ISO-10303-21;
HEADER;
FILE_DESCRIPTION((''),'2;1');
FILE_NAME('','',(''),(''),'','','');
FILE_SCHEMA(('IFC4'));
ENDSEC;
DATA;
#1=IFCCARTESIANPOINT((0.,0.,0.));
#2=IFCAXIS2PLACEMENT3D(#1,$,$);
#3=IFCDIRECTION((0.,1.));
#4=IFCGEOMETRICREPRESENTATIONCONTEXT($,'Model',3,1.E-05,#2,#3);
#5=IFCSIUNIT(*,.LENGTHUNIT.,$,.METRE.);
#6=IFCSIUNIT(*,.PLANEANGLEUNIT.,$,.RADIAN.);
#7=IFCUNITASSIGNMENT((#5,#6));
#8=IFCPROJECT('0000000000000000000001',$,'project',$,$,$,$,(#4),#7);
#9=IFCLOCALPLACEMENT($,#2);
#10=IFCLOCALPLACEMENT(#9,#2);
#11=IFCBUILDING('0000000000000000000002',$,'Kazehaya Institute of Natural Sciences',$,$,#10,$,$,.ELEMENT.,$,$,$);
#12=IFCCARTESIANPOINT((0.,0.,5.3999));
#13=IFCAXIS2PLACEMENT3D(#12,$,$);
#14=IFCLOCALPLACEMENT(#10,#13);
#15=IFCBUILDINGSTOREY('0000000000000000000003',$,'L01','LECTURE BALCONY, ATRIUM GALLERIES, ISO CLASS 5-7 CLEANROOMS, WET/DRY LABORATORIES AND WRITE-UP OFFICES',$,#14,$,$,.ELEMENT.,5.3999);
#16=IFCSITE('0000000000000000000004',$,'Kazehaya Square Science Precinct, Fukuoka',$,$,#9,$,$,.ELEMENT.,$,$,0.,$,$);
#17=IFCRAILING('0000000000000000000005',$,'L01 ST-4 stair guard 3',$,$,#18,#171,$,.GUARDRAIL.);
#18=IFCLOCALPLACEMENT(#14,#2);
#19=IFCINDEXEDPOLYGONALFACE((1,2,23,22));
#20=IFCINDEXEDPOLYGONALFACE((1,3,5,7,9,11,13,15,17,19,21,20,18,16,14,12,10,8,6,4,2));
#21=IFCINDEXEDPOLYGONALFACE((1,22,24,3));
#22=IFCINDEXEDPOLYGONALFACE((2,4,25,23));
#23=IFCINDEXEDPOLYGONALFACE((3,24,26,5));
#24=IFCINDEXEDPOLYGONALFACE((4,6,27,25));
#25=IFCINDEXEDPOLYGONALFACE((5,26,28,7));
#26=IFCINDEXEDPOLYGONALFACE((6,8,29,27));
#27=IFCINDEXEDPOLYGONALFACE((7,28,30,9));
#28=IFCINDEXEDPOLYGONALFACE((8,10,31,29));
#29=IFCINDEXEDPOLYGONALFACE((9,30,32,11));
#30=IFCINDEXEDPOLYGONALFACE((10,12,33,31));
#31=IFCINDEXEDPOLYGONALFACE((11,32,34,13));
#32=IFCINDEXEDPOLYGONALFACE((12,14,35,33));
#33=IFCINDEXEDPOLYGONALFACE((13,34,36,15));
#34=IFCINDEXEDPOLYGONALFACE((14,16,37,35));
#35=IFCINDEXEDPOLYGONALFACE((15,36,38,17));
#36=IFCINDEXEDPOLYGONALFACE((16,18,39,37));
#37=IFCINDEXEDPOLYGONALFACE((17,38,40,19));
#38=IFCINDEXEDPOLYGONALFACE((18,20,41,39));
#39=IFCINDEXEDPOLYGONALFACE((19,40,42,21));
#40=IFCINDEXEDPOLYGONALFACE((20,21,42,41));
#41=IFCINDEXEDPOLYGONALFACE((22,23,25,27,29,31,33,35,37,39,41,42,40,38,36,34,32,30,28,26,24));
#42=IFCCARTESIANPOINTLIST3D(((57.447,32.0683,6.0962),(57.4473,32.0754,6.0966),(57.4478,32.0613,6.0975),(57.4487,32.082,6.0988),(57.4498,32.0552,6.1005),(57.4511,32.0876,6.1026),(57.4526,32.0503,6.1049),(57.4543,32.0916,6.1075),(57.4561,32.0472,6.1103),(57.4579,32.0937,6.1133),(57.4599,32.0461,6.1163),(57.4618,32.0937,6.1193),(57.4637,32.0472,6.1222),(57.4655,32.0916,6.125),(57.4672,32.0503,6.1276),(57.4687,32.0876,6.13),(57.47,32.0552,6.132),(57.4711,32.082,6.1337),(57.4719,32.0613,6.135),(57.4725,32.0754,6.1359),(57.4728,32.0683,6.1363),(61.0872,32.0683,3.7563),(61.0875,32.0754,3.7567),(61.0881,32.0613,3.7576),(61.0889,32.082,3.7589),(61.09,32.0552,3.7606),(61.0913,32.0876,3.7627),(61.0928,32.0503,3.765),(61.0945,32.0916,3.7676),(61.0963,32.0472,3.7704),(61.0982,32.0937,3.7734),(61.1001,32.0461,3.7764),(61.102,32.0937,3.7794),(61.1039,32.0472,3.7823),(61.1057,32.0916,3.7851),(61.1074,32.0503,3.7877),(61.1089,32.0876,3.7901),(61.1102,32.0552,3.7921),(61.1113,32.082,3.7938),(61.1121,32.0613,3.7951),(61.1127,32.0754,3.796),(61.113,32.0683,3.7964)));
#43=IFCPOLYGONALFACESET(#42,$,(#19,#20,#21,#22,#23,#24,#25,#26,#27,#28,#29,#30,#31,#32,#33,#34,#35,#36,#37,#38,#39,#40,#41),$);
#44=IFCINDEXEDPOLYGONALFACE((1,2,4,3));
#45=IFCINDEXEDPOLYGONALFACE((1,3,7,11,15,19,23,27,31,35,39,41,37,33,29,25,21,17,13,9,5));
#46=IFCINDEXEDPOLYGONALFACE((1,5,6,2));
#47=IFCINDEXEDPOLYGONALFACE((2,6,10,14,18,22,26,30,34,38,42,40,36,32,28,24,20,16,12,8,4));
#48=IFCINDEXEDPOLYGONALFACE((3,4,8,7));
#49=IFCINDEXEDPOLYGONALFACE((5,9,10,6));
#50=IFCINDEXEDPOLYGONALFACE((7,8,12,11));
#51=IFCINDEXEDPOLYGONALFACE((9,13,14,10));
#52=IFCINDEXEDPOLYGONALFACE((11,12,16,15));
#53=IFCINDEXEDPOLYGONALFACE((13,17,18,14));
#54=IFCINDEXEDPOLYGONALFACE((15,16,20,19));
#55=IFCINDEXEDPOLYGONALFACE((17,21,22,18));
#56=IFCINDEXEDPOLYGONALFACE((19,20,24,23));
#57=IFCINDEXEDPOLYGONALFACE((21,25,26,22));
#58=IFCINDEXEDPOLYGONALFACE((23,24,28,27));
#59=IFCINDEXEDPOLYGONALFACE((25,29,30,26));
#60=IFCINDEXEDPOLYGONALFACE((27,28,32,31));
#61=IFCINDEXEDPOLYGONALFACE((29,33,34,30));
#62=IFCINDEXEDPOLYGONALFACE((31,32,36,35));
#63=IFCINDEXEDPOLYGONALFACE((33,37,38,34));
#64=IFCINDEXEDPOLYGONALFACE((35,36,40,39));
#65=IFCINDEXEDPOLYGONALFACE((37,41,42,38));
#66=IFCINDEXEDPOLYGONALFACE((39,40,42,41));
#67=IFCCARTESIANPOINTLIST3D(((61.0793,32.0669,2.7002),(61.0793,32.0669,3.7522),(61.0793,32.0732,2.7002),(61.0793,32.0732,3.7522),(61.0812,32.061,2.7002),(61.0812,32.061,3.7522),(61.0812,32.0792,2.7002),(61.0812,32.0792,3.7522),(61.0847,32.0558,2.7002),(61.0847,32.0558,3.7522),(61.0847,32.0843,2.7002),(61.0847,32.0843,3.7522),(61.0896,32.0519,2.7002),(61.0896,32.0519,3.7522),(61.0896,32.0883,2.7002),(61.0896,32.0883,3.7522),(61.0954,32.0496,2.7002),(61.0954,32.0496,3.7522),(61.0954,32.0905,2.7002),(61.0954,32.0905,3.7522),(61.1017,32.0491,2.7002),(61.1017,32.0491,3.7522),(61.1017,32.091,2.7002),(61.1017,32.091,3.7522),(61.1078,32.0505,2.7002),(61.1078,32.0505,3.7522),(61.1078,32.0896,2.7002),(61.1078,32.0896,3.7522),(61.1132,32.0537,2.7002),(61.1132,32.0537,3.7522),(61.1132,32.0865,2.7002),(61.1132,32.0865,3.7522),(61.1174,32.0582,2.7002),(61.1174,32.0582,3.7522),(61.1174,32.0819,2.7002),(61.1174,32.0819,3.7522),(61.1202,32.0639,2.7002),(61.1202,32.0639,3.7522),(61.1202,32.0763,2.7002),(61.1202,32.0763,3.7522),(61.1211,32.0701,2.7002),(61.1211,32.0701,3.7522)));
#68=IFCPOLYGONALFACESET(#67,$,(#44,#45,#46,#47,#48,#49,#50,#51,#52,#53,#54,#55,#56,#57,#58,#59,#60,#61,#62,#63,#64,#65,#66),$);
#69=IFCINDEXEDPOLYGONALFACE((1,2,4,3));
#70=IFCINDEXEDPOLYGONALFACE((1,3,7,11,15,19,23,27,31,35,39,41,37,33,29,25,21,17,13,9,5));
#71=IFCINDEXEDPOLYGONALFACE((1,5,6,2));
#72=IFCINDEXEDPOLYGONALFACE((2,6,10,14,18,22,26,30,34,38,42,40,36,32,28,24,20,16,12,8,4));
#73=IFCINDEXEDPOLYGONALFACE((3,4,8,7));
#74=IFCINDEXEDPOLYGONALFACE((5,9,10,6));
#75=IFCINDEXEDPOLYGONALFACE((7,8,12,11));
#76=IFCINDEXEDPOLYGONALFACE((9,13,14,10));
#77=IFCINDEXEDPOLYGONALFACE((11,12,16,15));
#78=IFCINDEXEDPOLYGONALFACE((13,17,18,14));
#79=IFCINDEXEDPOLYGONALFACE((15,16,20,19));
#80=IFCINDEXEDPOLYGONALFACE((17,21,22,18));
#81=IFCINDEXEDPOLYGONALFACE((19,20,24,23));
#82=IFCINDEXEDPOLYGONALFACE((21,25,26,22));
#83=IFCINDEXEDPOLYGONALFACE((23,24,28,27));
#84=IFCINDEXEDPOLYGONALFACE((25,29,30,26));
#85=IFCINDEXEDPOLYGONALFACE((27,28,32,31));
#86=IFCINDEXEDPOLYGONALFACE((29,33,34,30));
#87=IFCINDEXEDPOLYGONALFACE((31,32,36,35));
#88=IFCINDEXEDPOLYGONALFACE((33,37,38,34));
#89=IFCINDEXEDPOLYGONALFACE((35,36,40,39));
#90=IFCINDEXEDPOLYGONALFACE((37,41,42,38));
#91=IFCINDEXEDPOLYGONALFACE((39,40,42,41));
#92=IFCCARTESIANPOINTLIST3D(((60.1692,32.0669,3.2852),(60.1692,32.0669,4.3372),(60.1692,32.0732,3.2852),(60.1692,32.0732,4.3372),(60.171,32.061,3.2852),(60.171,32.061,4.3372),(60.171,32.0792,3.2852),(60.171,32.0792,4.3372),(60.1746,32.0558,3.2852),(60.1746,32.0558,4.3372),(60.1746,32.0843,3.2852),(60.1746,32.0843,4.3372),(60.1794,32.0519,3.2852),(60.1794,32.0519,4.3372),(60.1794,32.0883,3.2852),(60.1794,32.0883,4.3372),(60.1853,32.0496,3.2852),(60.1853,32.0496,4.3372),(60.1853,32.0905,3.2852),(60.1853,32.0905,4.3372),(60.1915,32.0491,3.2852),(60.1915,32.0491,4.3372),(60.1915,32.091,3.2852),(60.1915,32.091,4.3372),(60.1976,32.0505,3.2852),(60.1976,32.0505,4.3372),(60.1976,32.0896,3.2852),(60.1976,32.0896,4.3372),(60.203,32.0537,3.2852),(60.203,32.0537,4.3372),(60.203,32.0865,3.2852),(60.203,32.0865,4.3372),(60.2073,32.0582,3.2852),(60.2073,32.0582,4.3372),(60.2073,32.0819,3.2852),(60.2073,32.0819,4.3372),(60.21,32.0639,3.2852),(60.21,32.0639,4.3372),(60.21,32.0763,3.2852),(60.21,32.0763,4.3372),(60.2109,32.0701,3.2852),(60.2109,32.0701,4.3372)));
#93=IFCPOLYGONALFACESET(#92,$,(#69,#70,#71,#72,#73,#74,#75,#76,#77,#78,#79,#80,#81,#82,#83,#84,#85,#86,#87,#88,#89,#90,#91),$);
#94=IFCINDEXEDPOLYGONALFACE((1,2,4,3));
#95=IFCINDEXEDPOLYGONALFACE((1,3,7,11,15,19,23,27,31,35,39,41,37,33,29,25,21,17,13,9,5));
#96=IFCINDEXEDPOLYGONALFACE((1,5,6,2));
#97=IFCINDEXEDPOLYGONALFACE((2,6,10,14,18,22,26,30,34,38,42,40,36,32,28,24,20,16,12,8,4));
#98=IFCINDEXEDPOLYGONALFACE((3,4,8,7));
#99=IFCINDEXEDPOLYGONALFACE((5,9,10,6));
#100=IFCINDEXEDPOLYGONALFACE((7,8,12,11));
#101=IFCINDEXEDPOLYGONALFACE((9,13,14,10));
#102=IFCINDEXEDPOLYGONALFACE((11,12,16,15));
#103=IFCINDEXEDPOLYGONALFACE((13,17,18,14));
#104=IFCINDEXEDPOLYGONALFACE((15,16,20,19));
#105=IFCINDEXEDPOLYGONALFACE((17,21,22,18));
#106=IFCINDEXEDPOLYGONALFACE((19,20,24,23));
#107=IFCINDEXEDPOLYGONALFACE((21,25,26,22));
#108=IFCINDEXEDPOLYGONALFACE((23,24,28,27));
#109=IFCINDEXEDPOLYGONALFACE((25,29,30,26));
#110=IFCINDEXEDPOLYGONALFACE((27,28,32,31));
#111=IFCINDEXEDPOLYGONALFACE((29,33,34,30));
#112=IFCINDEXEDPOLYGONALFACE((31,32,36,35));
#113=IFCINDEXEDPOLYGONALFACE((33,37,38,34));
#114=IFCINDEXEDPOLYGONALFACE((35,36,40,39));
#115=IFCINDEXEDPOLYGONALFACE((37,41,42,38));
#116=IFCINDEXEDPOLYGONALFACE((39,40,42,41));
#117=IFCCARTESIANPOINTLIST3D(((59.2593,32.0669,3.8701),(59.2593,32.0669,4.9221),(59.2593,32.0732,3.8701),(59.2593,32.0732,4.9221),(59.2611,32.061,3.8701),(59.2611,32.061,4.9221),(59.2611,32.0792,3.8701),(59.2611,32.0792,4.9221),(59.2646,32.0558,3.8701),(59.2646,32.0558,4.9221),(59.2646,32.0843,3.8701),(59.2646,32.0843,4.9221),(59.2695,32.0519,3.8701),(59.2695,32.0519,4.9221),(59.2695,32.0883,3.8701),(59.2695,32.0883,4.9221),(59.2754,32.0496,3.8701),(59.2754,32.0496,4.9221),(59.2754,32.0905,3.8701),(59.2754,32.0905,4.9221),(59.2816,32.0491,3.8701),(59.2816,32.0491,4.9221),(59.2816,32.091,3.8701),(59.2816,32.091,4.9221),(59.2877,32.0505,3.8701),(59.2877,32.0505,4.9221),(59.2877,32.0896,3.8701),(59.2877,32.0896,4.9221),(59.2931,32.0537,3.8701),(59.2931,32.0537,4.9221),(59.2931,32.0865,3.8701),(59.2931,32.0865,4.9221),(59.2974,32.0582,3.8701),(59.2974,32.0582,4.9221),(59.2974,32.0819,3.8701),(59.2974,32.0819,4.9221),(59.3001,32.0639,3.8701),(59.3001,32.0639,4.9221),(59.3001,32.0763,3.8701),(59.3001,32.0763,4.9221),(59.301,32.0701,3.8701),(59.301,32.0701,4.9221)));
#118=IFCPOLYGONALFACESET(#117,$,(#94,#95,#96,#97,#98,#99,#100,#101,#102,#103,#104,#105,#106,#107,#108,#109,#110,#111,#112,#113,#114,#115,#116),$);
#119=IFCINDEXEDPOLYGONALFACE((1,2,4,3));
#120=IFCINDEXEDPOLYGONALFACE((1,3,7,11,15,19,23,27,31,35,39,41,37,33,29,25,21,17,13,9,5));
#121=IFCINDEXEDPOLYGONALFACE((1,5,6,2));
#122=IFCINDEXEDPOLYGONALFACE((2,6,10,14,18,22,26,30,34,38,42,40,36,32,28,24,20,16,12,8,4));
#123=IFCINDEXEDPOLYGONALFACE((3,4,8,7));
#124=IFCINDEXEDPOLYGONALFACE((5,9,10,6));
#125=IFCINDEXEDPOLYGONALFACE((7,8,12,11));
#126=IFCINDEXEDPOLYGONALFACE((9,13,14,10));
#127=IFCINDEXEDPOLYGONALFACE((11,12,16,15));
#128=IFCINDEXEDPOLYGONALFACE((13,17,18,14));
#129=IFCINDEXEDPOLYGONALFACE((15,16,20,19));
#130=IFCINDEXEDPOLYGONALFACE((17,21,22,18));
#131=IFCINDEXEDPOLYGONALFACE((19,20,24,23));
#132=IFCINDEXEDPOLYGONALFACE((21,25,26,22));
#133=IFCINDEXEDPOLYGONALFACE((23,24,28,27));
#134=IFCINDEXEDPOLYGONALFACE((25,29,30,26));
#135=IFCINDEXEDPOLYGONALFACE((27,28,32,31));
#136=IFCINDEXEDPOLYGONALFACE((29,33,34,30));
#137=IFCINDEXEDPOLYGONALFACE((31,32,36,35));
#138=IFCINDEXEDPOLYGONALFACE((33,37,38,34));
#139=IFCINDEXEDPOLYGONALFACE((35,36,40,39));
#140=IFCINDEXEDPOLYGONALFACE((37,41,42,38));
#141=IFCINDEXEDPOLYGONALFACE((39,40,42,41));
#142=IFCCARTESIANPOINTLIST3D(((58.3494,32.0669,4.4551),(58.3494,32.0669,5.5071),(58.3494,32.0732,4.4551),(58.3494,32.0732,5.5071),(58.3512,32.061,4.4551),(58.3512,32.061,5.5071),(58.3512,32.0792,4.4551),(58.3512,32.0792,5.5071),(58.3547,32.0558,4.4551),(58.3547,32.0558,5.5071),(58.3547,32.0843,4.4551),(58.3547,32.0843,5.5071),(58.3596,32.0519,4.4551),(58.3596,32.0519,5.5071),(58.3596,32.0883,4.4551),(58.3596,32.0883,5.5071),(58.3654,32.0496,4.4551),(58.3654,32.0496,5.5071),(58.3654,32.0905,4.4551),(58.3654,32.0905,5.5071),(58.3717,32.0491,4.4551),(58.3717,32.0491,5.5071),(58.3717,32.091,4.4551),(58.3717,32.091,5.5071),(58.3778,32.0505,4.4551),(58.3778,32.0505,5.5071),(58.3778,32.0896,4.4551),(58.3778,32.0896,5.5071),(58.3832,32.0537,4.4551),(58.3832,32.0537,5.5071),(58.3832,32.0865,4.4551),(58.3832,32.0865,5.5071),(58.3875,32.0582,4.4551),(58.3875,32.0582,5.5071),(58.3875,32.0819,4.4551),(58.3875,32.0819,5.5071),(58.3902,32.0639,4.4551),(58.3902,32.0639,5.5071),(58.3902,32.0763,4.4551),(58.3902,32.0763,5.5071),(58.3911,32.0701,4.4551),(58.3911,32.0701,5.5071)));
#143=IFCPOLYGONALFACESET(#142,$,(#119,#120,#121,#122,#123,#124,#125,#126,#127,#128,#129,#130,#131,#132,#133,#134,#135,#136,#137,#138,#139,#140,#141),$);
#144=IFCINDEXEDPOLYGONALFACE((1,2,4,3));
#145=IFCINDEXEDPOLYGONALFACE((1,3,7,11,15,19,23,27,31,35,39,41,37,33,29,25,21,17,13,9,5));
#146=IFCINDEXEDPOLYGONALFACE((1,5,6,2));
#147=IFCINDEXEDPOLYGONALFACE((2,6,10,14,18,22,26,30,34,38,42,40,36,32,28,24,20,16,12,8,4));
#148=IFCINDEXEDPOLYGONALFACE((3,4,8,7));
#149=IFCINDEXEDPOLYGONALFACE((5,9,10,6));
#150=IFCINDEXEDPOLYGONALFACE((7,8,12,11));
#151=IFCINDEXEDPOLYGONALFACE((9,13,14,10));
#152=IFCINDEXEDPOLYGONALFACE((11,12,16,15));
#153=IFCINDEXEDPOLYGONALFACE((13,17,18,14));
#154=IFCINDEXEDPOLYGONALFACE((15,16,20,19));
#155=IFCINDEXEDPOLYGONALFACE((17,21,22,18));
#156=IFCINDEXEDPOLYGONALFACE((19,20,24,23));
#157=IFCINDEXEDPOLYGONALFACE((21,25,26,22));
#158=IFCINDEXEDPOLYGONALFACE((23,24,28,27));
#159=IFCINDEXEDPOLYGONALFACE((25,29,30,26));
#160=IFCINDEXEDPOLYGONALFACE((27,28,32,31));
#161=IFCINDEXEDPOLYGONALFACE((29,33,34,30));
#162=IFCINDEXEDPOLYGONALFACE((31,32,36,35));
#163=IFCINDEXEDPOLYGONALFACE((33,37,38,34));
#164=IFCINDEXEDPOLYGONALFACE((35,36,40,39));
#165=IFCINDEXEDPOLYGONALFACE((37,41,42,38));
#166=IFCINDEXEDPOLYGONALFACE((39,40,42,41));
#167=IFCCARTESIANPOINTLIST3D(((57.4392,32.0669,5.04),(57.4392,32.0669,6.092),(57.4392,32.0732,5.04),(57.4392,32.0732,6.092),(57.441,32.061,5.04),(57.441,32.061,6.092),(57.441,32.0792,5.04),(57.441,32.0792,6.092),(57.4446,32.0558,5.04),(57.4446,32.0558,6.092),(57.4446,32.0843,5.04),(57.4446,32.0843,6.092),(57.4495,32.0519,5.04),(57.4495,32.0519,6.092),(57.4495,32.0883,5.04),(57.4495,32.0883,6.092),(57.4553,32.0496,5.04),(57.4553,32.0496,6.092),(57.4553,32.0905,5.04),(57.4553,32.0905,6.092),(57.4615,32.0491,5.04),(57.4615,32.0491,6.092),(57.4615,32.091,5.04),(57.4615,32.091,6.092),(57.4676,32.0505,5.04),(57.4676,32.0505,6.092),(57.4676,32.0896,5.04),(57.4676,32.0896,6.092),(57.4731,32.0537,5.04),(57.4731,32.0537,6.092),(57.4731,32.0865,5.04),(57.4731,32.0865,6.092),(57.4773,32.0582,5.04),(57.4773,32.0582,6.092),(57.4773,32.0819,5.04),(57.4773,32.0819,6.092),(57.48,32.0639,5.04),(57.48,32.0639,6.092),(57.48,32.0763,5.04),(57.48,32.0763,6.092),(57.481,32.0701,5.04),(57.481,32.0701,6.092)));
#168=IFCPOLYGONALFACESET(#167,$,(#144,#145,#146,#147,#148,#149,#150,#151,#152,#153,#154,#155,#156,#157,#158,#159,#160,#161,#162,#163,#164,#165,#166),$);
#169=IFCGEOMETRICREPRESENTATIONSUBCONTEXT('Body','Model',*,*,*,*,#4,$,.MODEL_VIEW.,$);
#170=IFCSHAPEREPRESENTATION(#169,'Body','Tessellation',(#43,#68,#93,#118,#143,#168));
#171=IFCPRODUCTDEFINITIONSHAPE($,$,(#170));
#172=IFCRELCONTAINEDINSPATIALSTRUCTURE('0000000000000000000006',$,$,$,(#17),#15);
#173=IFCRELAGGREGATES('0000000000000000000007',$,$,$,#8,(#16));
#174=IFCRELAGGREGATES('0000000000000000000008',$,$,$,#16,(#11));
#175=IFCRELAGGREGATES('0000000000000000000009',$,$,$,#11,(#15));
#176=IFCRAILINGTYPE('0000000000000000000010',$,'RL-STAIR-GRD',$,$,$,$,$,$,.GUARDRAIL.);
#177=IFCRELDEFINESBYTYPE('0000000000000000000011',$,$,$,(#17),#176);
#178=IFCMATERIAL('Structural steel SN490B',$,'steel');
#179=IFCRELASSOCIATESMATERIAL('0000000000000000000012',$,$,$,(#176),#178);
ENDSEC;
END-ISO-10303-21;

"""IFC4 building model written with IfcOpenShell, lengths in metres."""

from ifc_helpers import new_model, si_unit, direction, frame, origin, origin_2d, place, context, subcontext, project, spatial, circle, extrude, material, type_object, element, save


model = new_model("IFC4")

# Units and contexts
model_context = context("Model", 3, precision=1e-05, world=origin(), true_north=direction((0.0, 1.0)))
body_context = subcontext(model_context, "Body", "Model", "MODEL_VIEW")
ifc_project = project(units=[si_unit("LENGTHUNIT", "METRE"), si_unit("PLANEANGLEUNIT", "RADIAN")], contexts=[model_context])

# Site, building, storey
site_placement = place(None, origin())
site = spatial("IfcSite", under=ifc_project, at=site_placement, Name="Kazehaya Square Science Precinct, Fukuoka", CompositionType="ELEMENT", RefElevation=0.0)
building_placement = place(site_placement, origin())
building = spatial("IfcBuilding", under=site, at=building_placement, Name="Kazehaya Institute of Natural Sciences", CompositionType="ELEMENT")
storey_placement = place(building_placement, frame((0.0, 0.0, 5.3999)))
storey = spatial("IfcBuildingStorey", under=building, at=storey_placement, Name="L01", Description="LECTURE BALCONY, ATRIUM GALLERIES, ISO CLASS 5-7 CLEANROOMS, WET/DRY LABORATORIES AND WRITE-UP OFFICES", CompositionType="ELEMENT", Elevation=5.3999)

# Railing
ifc_material_1 = material(Name="Structural steel SN490B", Category="steel")
railing_type_1 = type_object("IfcRailingType", Name="RL-STAIR-GRD", PredefinedType="GUARDRAIL", material=ifc_material_1)
railing_1_placement = place(storey_placement, frame((61.1001, 32.0701, 2.7002)))
element("IfcRailing", 1, at=railing_1_placement, inside=storey, type_object=railing_type_1, Name="L01 ST-4 stair guard 3", PredefinedType="GUARDRAIL", context=body_context, shape_type="SweptSolid", body=[
    extrude(circle(Radius=0.0239, at=origin_2d()), frame((0.0, 0.0, 1.0762), z_axis=(-0.841204, 0.0, 0.540718), x_axis=(0.0, -1.0, 0.0)), (0.0, 0.0, 1.0), 4.3274),
    extrude(circle(Radius=0.021, at=origin_2d()), origin(), (0.0, 0.0, 1.0), 1.052),
    extrude(circle(Radius=0.021, at=origin_2d()), frame((-0.9102, 0.0, 0.585)), (0.0, 0.0, 1.0), 1.052),
    extrude(circle(Radius=0.021, at=origin_2d()), frame((-1.8201, 0.0, 1.1699)), (0.0, 0.0, 1.0), 1.052),
    extrude(circle(Radius=0.021, at=origin_2d()), frame((-2.73, 0.0, 1.7549)), (0.0, 0.0, 1.0), 1.052),
    extrude(circle(Radius=0.021, at=origin_2d()), frame((-3.6401, 0.0, 2.3398)), (0.0, 0.0, 1.0), 1.052),
])

save(model, "model.ifc")
